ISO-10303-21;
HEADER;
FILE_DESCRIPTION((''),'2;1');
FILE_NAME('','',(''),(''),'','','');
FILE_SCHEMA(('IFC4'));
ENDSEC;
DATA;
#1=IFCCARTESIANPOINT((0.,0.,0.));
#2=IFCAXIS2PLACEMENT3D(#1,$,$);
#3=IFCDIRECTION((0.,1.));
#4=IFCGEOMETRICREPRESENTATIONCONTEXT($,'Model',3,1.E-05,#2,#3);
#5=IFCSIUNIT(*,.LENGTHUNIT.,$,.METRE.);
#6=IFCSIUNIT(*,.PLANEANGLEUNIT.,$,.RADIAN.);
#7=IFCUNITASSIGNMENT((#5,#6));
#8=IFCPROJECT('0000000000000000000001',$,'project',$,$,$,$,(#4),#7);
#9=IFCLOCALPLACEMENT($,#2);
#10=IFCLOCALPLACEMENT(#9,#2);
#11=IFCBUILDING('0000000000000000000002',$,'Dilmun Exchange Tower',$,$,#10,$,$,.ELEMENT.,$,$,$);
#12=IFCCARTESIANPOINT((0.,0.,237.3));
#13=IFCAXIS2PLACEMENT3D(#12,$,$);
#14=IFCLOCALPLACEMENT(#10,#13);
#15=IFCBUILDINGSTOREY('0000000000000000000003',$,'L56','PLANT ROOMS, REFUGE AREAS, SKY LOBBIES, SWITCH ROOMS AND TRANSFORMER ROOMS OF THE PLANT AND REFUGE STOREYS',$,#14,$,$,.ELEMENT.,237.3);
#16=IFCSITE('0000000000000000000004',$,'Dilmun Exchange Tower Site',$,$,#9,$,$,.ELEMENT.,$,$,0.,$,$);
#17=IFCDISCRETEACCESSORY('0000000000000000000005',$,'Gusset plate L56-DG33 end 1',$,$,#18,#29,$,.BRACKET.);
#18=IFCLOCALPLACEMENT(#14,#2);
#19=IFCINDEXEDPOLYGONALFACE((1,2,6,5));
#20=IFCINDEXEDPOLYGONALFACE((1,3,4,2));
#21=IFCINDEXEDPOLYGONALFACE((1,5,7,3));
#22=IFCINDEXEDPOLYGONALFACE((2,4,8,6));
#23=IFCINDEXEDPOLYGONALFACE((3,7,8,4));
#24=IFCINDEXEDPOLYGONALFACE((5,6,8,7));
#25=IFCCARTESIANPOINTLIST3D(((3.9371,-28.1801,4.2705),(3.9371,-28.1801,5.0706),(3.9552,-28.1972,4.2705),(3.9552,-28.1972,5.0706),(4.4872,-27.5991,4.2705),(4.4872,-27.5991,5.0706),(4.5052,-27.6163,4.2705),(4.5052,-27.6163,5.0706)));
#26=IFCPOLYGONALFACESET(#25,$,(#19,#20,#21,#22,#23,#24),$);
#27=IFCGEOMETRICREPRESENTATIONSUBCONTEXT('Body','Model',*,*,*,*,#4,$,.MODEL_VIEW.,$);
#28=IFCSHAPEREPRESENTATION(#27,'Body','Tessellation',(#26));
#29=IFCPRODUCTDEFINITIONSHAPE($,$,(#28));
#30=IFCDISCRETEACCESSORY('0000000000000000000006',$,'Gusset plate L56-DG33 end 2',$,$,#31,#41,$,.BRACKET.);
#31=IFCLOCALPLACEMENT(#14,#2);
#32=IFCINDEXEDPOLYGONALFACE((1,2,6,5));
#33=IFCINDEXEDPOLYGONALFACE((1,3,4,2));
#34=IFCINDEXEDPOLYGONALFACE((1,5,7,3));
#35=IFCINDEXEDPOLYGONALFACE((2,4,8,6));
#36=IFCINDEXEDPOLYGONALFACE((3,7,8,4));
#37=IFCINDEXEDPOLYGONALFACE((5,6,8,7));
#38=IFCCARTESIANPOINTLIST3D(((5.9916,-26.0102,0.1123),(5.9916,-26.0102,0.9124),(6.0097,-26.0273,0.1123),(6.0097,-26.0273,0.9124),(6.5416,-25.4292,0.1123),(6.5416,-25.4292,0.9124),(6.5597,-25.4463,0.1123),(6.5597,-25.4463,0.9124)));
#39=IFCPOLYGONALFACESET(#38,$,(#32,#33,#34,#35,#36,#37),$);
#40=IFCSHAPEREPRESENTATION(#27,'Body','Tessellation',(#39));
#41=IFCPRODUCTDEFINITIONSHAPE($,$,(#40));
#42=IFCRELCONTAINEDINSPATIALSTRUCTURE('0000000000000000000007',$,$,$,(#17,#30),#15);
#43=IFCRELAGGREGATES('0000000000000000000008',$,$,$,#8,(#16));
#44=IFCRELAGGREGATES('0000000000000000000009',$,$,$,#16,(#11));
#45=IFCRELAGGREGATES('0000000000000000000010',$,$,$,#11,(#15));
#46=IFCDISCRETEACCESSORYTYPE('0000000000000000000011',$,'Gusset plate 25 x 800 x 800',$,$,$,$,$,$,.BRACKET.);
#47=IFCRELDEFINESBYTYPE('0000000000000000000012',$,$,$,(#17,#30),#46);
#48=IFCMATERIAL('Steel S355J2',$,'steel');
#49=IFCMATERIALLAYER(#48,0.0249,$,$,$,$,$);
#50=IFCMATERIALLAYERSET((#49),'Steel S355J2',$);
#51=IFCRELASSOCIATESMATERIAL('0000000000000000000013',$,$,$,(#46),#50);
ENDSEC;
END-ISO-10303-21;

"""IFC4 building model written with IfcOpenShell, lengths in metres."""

from ifc_helpers import new_model, si_unit, direction, frame, origin, origin_2d, place, context, subcontext, project, spatial, rectangle, extrude, material, layer, layer_set, type_object, element, save


model = new_model("IFC4")

# Units and contexts
model_context = context("Model", 3, precision=1e-05, world=origin(), true_north=direction((0.0, 1.0)))
body_context = subcontext(model_context, "Body", "Model", "MODEL_VIEW")
ifc_project = project(units=[si_unit("LENGTHUNIT", "METRE"), si_unit("PLANEANGLEUNIT", "RADIAN")], contexts=[model_context])

# Site, building, storey
site_placement = place(None, origin())
site = spatial("IfcSite", under=ifc_project, at=site_placement, Name="Dilmun Exchange Tower Site", CompositionType="ELEMENT", RefElevation=0.0)
building_placement = place(site_placement, origin())
building = spatial("IfcBuilding", under=site, at=building_placement, Name="Dilmun Exchange Tower", CompositionType="ELEMENT")
storey_placement = place(building_placement, frame((0.0, 0.0, 237.3)))
storey = spatial("IfcBuildingStorey", under=building, at=storey_placement, Name="L56", Description="PLANT ROOMS, REFUGE AREAS, SKY LOBBIES, SWITCH ROOMS AND TRANSFORMER ROOMS OF THE PLANT AND REFUGE STOREYS", CompositionType="ELEMENT", Elevation=237.3)

# Discrete accessories
ifc_material_1 = material(Name="Steel S355J2", Category="steel")
ifc_layer_1 = layer(ifc_material_1, 0.0249)
ifc_layer_set_1 = layer_set([ifc_layer_1], Name="Steel S355J2")
discrete_accessory_type = type_object("IfcDiscreteAccessoryType", Name="Gusset plate 25 x 800 x 800", PredefinedType="BRACKET", material=ifc_layer_set_1)
for number, where, z_axis, x_axis, name in (
    (1, (4.2212, -27.8982, 4.2705), (0.0, 0.0, 1.0), (0.687489, 0.726194, 0.0), "Gusset plate L56-DG33 end 1"),
    (2, (6.2756, -25.7283, 0.1123), (0.0, 0.0, 1.0), (0.687489, 0.726194, 0.0), "Gusset plate L56-DG33 end 2"),
):
    element("IfcDiscreteAccessory", number, at=place(storey_placement, frame(where, z_axis=z_axis, x_axis=x_axis)), inside=storey, type_object=discrete_accessory_type, Name=name, PredefinedType="BRACKET", context=body_context, shape_type="SweptSolid", body=[
        extrude(rectangle(XDim=0.8, YDim=0.0249, at=origin_2d()), origin(), (0.0, 0.0, 1.0), 0.8),
    ])

save(model, "model.ifc")
